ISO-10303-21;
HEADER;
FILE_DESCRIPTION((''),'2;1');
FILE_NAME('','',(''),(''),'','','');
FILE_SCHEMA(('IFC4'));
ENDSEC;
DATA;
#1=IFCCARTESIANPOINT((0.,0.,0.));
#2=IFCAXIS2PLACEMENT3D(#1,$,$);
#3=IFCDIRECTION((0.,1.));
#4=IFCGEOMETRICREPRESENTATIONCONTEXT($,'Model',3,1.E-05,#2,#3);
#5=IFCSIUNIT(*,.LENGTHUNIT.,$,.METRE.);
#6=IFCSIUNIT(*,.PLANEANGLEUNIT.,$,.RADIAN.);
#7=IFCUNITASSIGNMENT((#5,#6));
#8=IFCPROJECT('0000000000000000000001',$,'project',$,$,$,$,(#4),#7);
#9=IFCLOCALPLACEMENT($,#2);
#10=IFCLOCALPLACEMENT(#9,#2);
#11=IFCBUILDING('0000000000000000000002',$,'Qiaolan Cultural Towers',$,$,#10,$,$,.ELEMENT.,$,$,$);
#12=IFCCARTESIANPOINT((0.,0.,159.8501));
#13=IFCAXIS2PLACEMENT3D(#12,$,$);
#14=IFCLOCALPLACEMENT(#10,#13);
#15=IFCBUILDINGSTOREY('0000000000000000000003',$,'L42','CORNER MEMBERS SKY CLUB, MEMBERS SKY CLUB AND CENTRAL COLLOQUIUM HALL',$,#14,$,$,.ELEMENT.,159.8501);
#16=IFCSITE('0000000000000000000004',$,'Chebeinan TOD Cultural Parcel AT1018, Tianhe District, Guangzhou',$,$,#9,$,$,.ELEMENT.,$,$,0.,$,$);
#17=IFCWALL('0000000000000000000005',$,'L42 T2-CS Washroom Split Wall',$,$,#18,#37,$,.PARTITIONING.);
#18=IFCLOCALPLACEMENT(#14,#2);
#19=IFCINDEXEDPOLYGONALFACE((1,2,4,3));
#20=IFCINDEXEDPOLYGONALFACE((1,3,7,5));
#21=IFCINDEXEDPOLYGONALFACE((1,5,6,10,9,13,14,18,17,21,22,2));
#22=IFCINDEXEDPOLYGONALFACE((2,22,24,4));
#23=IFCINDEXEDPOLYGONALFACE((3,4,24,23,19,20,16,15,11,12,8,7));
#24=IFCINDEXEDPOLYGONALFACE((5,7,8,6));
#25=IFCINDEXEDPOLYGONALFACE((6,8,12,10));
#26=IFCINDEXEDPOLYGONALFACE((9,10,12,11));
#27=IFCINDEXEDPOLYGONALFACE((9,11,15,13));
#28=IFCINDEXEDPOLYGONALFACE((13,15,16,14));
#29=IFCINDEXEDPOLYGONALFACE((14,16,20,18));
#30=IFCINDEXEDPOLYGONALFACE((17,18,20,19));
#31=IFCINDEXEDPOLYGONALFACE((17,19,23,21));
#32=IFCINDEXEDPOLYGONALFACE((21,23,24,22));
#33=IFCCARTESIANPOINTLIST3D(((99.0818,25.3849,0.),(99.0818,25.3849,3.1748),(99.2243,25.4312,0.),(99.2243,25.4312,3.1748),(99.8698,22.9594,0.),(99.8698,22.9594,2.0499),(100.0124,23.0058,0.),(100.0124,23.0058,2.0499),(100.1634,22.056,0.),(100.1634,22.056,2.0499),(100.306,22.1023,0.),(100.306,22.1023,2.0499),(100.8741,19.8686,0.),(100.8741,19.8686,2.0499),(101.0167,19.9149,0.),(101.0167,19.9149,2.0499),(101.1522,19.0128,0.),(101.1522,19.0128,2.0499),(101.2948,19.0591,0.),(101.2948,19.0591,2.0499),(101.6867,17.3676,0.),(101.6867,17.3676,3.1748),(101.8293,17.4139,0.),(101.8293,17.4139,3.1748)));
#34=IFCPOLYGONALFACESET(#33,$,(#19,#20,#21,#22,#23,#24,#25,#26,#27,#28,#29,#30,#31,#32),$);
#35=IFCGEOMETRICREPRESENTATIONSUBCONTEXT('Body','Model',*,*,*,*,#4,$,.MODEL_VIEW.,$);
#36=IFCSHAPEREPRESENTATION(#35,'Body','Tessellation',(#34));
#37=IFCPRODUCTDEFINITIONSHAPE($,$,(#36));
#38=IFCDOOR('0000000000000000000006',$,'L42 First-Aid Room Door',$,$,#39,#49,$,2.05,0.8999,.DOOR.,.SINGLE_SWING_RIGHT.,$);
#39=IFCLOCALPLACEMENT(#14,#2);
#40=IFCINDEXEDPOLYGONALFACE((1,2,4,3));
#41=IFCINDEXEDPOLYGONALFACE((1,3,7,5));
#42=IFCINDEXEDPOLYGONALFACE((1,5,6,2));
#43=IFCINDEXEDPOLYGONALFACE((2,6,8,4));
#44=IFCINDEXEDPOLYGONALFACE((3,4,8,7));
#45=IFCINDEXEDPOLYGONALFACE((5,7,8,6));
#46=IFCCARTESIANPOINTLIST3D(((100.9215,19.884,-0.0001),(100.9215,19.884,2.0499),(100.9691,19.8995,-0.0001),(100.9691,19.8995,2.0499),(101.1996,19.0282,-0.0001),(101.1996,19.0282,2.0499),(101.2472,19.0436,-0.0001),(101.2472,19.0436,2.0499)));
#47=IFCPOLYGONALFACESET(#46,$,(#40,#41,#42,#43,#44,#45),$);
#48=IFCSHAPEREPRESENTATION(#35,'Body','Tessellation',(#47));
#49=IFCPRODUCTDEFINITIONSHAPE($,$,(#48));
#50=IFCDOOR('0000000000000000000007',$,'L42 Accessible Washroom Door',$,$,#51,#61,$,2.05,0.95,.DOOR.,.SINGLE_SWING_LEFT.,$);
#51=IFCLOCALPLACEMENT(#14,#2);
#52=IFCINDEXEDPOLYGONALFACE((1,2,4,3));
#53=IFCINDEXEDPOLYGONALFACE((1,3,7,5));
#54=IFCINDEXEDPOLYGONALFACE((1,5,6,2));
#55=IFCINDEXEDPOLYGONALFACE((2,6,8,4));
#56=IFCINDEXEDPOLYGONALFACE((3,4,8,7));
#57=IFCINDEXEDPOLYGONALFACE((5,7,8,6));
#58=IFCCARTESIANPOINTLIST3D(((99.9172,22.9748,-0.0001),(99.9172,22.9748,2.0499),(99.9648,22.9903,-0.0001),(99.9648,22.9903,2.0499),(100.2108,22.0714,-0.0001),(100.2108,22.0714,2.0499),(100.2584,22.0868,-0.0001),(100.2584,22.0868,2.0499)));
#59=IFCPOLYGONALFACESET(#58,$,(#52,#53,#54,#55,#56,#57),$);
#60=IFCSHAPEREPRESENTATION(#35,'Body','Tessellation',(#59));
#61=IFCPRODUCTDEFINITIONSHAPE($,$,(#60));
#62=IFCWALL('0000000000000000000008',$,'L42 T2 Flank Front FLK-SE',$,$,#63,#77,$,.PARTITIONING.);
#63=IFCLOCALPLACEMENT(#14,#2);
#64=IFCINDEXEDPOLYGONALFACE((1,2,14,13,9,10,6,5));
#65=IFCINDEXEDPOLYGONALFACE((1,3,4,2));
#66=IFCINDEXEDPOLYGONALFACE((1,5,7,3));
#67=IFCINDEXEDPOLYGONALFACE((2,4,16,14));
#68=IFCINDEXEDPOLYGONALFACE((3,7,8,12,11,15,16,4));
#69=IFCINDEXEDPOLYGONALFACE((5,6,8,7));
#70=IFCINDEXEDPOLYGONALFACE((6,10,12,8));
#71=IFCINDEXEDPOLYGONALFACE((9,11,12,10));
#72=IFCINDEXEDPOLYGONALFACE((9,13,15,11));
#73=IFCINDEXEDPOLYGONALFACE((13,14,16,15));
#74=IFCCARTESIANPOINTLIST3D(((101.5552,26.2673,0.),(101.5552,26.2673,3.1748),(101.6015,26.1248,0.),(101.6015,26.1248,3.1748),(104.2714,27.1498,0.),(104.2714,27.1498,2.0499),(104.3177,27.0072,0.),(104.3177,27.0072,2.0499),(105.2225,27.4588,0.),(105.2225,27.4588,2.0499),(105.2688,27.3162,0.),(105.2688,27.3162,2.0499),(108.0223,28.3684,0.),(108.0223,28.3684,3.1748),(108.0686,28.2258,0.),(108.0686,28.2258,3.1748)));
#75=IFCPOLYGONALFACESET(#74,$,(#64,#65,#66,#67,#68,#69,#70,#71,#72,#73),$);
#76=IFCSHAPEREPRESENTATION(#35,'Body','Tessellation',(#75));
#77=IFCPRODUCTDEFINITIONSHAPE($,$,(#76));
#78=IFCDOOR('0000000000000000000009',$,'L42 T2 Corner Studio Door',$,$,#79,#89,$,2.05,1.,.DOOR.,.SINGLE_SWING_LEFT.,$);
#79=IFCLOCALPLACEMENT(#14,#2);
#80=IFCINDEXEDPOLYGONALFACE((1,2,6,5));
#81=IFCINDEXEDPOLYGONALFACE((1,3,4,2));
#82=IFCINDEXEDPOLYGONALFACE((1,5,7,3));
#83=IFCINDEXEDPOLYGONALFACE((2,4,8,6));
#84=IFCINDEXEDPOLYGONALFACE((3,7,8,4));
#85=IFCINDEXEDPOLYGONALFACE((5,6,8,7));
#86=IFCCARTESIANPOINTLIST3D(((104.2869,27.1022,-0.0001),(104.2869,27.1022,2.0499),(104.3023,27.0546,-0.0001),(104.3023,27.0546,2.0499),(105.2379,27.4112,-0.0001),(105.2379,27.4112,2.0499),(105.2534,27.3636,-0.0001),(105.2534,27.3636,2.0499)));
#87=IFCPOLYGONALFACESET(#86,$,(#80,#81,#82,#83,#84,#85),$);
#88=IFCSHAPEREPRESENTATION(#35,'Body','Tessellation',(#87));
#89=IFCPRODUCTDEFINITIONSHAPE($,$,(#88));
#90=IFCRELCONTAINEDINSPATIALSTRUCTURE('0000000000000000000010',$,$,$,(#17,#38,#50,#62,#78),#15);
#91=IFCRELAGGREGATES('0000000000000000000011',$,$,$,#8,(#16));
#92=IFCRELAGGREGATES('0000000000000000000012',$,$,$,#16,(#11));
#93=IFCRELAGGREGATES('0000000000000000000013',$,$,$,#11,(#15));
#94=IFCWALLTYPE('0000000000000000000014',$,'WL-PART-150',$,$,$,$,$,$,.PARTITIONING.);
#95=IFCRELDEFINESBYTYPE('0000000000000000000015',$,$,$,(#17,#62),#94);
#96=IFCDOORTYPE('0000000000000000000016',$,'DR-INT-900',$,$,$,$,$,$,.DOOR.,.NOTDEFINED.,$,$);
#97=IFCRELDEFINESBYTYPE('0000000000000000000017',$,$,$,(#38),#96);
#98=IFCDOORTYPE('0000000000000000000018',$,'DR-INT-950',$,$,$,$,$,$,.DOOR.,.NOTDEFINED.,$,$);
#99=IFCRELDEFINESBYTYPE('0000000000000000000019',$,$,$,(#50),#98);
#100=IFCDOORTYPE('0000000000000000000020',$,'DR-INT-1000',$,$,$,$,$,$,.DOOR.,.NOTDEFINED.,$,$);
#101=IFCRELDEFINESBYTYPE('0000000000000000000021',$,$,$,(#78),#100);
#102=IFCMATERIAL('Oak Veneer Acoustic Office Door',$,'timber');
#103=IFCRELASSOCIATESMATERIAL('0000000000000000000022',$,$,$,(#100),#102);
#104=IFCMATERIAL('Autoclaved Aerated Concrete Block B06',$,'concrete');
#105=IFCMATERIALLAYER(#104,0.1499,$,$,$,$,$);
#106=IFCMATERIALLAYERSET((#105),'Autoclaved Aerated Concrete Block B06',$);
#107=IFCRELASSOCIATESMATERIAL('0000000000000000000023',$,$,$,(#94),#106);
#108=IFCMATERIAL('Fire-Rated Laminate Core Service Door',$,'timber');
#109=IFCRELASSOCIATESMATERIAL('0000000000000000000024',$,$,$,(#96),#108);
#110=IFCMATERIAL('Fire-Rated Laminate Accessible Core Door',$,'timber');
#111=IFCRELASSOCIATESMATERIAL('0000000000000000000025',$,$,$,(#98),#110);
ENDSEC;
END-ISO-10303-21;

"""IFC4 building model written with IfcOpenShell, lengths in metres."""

from ifc_helpers import new_model, si_unit, direction, frame, frame_2d, origin, place, context, subcontext, project, spatial, rectangle, extrude, material, layer, layer_set, type_object, element, fill, save


model = new_model("IFC4")

# Units and contexts
model_context = context("Model", 3, precision=1e-05, world=origin(), true_north=direction((0.0, 1.0)))
body_context = subcontext(model_context, "Body", "Model", "MODEL_VIEW")
ifc_project = project(units=[si_unit("LENGTHUNIT", "METRE"), si_unit("PLANEANGLEUNIT", "RADIAN")], contexts=[model_context])

# Site, building, storey
site_placement = place(None, origin())
site = spatial("IfcSite", under=ifc_project, at=site_placement, Name="Chebeinan TOD Cultural Parcel AT1018, Tianhe District, Guangzhou", CompositionType="ELEMENT", RefElevation=0.0)
building_placement = place(site_placement, origin())
building = spatial("IfcBuilding", under=site, at=building_placement, Name="Qiaolan Cultural Towers", CompositionType="ELEMENT")
storey_placement = place(building_placement, frame((0.0, 0.0, 159.8501)))
storey = spatial("IfcBuildingStorey", under=building, at=storey_placement, Name="L42", Description="CORNER MEMBERS SKY CLUB, MEMBERS SKY CLUB AND CENTRAL COLLOQUIUM HALL", CompositionType="ELEMENT", Elevation=159.8501)

# Shared definitions
ifc_material_1 = material(Name="Oak Veneer Acoustic Office Door", Category="timber")
door_type_1 = type_object("IfcDoorType", Name="DR-INT-1000", OperationType="NOTDEFINED", PredefinedType="DOOR", material=ifc_material_1)

# Wall, openings, doors
ifc_material_2 = material(Name="Autoclaved Aerated Concrete Block B06", Category="concrete")
ifc_layer_1 = layer(ifc_material_2, 0.1499)
ifc_layer_set_1 = layer_set([ifc_layer_1], Name="Autoclaved Aerated Concrete Block B06")
wall_type_1 = type_object("IfcWallType", Name="WL-PART-150", PredefinedType="PARTITIONING", material=ifc_layer_set_1)
wall_1_placement = place(storey_placement, frame((99.1531, 25.408, 0.0), z_axis=(0.0, 0.0, 1.0), x_axis=(0.309016, -0.951057, 0.0)))
wall_1 = element("IfcWall", 1, at=wall_1_placement, inside=storey, type_object=wall_type_1, Name="L42 T2-CS Washroom Split Wall", PredefinedType="PARTITIONING", context=body_context, shape_type="SweptSolid", body=[
    extrude(rectangle(XDim=8.4299, YDim=0.1499, at=frame_2d((4.2148, 0.0))), origin(), (0.0, 0.0, 1.0), 3.1748),
])
opening_1_placement = place(wall_1_placement, frame((2.55, 0.0, 0.0)))
opening_1 = element("IfcOpeningElement", 2, at=opening_1_placement, cuts=wall_1, PredefinedType="OPENING", context=body_context, shape_type="SweptSolid", body=[
    extrude(rectangle(XDim=0.95, YDim=2.05, at=frame_2d((0.4751, 1.0249))), frame((0.0, 0.085, 0.0), z_axis=(0.0, -1.0, 0.0), x_axis=(1.0, 0.0, 0.0)), (0.0, 0.0, 1.0), 0.1699),
])
opening_2_placement = place(wall_1_placement, frame((5.8, 0.0, 0.0)))
opening_2 = element("IfcOpeningElement", 3, at=opening_2_placement, cuts=wall_1, PredefinedType="OPENING", context=body_context, shape_type="SweptSolid", body=[
    extrude(rectangle(XDim=0.8999, YDim=2.05, at=frame_2d((0.45, 1.0249))), frame((0.0, 0.085, 0.0), z_axis=(0.0, -1.0, 0.0), x_axis=(1.0, 0.0, 0.0)), (0.0, 0.0, 1.0), 0.1699),
])
ifc_material_3 = material(Name="Fire-Rated Laminate Core Service Door", Category="timber")
door_type_2 = type_object("IfcDoorType", Name="DR-INT-900", OperationType="NOTDEFINED", PredefinedType="DOOR", material=ifc_material_3)
door_1_placement = place(opening_2_placement, origin())
door_1 = element("IfcDoor", 4, at=door_1_placement, inside=storey, type_object=door_type_2, Name="L42 First-Aid Room Door", OperationType="SINGLE_SWING_RIGHT", OverallHeight=2.05, OverallWidth=0.8999, PredefinedType="DOOR", context=body_context, shape_type="SweptSolid", body=[
    extrude(rectangle(XDim=0.8999, YDim=2.05, at=frame_2d((0.45, 1.0249))), frame((0.0, 0.0249, 0.0), z_axis=(0.0, -1.0, 0.0), x_axis=(1.0, 0.0, 0.0)), (0.0, 0.0, 1.0), 0.05),
])
fill(opening_2, door_1)
ifc_material_4 = material(Name="Fire-Rated Laminate Accessible Core Door", Category="timber")
door_type_3 = type_object("IfcDoorType", Name="DR-INT-950", OperationType="NOTDEFINED", PredefinedType="DOOR", material=ifc_material_4)
door_2_placement = place(opening_1_placement, origin())
door_2 = element("IfcDoor", 5, at=door_2_placement, inside=storey, type_object=door_type_3, Name="L42 Accessible Washroom Door", OperationType="SINGLE_SWING_LEFT", OverallHeight=2.05, OverallWidth=0.95, PredefinedType="DOOR", context=body_context, shape_type="SweptSolid", body=[
    extrude(rectangle(XDim=0.95, YDim=2.05, at=frame_2d((0.4751, 1.0249))), frame((0.0, 0.0249, 0.0), z_axis=(0.0, -1.0, 0.0), x_axis=(1.0, 0.0, 0.0)), (0.0, 0.0, 1.0), 0.05),
])
fill(opening_1, door_2)

# Wall, opening, door
wall_2_placement = place(storey_placement, frame((101.5784, 26.196, 0.0), z_axis=(0.0, 0.0, 1.0), x_axis=(0.951065, 0.308991, 0.0)))
wall_2 = element("IfcWall", 6, at=wall_2_placement, inside=storey, type_object=wall_type_1, Name="L42 T2 Flank Front FLK-SE", PredefinedType="PARTITIONING", context=body_context, shape_type="SweptSolid", body=[
    extrude(rectangle(XDim=6.7998, YDim=0.1499, at=frame_2d((3.3999, 0.0))), origin(), (0.0, 0.0, 1.0), 3.1748),
])
opening_3_placement = place(wall_2_placement, frame((2.856, 0.0, 0.0)))
opening_3 = element("IfcOpeningElement", 7, at=opening_3_placement, cuts=wall_2, PredefinedType="OPENING", context=body_context, shape_type="SweptSolid", body=[
    extrude(rectangle(XDim=1.0, YDim=2.05, at=frame_2d((0.5, 1.0249))), frame((0.0, 0.085, 0.0), z_axis=(0.0, -1.0, 0.0), x_axis=(1.0, 0.0, 0.0)), (0.0, 0.0, 1.0), 0.1699),
])
door_3_placement = place(opening_3_placement, origin())
door_3 = element("IfcDoor", 8, at=door_3_placement, inside=storey, type_object=door_type_1, Name="L42 T2 Corner Studio Door", OperationType="SINGLE_SWING_LEFT", OverallHeight=2.05, OverallWidth=1.0, PredefinedType="DOOR", context=body_context, shape_type="SweptSolid", body=[
    extrude(rectangle(XDim=1.0, YDim=2.05, at=frame_2d((0.5, 1.0249))), frame((0.0, 0.0249, 0.0), z_axis=(0.0, -1.0, 0.0), x_axis=(1.0, 0.0, 0.0)), (0.0, 0.0, 1.0), 0.05),
])
fill(opening_3, door_3)

save(model, "model.ifc")
